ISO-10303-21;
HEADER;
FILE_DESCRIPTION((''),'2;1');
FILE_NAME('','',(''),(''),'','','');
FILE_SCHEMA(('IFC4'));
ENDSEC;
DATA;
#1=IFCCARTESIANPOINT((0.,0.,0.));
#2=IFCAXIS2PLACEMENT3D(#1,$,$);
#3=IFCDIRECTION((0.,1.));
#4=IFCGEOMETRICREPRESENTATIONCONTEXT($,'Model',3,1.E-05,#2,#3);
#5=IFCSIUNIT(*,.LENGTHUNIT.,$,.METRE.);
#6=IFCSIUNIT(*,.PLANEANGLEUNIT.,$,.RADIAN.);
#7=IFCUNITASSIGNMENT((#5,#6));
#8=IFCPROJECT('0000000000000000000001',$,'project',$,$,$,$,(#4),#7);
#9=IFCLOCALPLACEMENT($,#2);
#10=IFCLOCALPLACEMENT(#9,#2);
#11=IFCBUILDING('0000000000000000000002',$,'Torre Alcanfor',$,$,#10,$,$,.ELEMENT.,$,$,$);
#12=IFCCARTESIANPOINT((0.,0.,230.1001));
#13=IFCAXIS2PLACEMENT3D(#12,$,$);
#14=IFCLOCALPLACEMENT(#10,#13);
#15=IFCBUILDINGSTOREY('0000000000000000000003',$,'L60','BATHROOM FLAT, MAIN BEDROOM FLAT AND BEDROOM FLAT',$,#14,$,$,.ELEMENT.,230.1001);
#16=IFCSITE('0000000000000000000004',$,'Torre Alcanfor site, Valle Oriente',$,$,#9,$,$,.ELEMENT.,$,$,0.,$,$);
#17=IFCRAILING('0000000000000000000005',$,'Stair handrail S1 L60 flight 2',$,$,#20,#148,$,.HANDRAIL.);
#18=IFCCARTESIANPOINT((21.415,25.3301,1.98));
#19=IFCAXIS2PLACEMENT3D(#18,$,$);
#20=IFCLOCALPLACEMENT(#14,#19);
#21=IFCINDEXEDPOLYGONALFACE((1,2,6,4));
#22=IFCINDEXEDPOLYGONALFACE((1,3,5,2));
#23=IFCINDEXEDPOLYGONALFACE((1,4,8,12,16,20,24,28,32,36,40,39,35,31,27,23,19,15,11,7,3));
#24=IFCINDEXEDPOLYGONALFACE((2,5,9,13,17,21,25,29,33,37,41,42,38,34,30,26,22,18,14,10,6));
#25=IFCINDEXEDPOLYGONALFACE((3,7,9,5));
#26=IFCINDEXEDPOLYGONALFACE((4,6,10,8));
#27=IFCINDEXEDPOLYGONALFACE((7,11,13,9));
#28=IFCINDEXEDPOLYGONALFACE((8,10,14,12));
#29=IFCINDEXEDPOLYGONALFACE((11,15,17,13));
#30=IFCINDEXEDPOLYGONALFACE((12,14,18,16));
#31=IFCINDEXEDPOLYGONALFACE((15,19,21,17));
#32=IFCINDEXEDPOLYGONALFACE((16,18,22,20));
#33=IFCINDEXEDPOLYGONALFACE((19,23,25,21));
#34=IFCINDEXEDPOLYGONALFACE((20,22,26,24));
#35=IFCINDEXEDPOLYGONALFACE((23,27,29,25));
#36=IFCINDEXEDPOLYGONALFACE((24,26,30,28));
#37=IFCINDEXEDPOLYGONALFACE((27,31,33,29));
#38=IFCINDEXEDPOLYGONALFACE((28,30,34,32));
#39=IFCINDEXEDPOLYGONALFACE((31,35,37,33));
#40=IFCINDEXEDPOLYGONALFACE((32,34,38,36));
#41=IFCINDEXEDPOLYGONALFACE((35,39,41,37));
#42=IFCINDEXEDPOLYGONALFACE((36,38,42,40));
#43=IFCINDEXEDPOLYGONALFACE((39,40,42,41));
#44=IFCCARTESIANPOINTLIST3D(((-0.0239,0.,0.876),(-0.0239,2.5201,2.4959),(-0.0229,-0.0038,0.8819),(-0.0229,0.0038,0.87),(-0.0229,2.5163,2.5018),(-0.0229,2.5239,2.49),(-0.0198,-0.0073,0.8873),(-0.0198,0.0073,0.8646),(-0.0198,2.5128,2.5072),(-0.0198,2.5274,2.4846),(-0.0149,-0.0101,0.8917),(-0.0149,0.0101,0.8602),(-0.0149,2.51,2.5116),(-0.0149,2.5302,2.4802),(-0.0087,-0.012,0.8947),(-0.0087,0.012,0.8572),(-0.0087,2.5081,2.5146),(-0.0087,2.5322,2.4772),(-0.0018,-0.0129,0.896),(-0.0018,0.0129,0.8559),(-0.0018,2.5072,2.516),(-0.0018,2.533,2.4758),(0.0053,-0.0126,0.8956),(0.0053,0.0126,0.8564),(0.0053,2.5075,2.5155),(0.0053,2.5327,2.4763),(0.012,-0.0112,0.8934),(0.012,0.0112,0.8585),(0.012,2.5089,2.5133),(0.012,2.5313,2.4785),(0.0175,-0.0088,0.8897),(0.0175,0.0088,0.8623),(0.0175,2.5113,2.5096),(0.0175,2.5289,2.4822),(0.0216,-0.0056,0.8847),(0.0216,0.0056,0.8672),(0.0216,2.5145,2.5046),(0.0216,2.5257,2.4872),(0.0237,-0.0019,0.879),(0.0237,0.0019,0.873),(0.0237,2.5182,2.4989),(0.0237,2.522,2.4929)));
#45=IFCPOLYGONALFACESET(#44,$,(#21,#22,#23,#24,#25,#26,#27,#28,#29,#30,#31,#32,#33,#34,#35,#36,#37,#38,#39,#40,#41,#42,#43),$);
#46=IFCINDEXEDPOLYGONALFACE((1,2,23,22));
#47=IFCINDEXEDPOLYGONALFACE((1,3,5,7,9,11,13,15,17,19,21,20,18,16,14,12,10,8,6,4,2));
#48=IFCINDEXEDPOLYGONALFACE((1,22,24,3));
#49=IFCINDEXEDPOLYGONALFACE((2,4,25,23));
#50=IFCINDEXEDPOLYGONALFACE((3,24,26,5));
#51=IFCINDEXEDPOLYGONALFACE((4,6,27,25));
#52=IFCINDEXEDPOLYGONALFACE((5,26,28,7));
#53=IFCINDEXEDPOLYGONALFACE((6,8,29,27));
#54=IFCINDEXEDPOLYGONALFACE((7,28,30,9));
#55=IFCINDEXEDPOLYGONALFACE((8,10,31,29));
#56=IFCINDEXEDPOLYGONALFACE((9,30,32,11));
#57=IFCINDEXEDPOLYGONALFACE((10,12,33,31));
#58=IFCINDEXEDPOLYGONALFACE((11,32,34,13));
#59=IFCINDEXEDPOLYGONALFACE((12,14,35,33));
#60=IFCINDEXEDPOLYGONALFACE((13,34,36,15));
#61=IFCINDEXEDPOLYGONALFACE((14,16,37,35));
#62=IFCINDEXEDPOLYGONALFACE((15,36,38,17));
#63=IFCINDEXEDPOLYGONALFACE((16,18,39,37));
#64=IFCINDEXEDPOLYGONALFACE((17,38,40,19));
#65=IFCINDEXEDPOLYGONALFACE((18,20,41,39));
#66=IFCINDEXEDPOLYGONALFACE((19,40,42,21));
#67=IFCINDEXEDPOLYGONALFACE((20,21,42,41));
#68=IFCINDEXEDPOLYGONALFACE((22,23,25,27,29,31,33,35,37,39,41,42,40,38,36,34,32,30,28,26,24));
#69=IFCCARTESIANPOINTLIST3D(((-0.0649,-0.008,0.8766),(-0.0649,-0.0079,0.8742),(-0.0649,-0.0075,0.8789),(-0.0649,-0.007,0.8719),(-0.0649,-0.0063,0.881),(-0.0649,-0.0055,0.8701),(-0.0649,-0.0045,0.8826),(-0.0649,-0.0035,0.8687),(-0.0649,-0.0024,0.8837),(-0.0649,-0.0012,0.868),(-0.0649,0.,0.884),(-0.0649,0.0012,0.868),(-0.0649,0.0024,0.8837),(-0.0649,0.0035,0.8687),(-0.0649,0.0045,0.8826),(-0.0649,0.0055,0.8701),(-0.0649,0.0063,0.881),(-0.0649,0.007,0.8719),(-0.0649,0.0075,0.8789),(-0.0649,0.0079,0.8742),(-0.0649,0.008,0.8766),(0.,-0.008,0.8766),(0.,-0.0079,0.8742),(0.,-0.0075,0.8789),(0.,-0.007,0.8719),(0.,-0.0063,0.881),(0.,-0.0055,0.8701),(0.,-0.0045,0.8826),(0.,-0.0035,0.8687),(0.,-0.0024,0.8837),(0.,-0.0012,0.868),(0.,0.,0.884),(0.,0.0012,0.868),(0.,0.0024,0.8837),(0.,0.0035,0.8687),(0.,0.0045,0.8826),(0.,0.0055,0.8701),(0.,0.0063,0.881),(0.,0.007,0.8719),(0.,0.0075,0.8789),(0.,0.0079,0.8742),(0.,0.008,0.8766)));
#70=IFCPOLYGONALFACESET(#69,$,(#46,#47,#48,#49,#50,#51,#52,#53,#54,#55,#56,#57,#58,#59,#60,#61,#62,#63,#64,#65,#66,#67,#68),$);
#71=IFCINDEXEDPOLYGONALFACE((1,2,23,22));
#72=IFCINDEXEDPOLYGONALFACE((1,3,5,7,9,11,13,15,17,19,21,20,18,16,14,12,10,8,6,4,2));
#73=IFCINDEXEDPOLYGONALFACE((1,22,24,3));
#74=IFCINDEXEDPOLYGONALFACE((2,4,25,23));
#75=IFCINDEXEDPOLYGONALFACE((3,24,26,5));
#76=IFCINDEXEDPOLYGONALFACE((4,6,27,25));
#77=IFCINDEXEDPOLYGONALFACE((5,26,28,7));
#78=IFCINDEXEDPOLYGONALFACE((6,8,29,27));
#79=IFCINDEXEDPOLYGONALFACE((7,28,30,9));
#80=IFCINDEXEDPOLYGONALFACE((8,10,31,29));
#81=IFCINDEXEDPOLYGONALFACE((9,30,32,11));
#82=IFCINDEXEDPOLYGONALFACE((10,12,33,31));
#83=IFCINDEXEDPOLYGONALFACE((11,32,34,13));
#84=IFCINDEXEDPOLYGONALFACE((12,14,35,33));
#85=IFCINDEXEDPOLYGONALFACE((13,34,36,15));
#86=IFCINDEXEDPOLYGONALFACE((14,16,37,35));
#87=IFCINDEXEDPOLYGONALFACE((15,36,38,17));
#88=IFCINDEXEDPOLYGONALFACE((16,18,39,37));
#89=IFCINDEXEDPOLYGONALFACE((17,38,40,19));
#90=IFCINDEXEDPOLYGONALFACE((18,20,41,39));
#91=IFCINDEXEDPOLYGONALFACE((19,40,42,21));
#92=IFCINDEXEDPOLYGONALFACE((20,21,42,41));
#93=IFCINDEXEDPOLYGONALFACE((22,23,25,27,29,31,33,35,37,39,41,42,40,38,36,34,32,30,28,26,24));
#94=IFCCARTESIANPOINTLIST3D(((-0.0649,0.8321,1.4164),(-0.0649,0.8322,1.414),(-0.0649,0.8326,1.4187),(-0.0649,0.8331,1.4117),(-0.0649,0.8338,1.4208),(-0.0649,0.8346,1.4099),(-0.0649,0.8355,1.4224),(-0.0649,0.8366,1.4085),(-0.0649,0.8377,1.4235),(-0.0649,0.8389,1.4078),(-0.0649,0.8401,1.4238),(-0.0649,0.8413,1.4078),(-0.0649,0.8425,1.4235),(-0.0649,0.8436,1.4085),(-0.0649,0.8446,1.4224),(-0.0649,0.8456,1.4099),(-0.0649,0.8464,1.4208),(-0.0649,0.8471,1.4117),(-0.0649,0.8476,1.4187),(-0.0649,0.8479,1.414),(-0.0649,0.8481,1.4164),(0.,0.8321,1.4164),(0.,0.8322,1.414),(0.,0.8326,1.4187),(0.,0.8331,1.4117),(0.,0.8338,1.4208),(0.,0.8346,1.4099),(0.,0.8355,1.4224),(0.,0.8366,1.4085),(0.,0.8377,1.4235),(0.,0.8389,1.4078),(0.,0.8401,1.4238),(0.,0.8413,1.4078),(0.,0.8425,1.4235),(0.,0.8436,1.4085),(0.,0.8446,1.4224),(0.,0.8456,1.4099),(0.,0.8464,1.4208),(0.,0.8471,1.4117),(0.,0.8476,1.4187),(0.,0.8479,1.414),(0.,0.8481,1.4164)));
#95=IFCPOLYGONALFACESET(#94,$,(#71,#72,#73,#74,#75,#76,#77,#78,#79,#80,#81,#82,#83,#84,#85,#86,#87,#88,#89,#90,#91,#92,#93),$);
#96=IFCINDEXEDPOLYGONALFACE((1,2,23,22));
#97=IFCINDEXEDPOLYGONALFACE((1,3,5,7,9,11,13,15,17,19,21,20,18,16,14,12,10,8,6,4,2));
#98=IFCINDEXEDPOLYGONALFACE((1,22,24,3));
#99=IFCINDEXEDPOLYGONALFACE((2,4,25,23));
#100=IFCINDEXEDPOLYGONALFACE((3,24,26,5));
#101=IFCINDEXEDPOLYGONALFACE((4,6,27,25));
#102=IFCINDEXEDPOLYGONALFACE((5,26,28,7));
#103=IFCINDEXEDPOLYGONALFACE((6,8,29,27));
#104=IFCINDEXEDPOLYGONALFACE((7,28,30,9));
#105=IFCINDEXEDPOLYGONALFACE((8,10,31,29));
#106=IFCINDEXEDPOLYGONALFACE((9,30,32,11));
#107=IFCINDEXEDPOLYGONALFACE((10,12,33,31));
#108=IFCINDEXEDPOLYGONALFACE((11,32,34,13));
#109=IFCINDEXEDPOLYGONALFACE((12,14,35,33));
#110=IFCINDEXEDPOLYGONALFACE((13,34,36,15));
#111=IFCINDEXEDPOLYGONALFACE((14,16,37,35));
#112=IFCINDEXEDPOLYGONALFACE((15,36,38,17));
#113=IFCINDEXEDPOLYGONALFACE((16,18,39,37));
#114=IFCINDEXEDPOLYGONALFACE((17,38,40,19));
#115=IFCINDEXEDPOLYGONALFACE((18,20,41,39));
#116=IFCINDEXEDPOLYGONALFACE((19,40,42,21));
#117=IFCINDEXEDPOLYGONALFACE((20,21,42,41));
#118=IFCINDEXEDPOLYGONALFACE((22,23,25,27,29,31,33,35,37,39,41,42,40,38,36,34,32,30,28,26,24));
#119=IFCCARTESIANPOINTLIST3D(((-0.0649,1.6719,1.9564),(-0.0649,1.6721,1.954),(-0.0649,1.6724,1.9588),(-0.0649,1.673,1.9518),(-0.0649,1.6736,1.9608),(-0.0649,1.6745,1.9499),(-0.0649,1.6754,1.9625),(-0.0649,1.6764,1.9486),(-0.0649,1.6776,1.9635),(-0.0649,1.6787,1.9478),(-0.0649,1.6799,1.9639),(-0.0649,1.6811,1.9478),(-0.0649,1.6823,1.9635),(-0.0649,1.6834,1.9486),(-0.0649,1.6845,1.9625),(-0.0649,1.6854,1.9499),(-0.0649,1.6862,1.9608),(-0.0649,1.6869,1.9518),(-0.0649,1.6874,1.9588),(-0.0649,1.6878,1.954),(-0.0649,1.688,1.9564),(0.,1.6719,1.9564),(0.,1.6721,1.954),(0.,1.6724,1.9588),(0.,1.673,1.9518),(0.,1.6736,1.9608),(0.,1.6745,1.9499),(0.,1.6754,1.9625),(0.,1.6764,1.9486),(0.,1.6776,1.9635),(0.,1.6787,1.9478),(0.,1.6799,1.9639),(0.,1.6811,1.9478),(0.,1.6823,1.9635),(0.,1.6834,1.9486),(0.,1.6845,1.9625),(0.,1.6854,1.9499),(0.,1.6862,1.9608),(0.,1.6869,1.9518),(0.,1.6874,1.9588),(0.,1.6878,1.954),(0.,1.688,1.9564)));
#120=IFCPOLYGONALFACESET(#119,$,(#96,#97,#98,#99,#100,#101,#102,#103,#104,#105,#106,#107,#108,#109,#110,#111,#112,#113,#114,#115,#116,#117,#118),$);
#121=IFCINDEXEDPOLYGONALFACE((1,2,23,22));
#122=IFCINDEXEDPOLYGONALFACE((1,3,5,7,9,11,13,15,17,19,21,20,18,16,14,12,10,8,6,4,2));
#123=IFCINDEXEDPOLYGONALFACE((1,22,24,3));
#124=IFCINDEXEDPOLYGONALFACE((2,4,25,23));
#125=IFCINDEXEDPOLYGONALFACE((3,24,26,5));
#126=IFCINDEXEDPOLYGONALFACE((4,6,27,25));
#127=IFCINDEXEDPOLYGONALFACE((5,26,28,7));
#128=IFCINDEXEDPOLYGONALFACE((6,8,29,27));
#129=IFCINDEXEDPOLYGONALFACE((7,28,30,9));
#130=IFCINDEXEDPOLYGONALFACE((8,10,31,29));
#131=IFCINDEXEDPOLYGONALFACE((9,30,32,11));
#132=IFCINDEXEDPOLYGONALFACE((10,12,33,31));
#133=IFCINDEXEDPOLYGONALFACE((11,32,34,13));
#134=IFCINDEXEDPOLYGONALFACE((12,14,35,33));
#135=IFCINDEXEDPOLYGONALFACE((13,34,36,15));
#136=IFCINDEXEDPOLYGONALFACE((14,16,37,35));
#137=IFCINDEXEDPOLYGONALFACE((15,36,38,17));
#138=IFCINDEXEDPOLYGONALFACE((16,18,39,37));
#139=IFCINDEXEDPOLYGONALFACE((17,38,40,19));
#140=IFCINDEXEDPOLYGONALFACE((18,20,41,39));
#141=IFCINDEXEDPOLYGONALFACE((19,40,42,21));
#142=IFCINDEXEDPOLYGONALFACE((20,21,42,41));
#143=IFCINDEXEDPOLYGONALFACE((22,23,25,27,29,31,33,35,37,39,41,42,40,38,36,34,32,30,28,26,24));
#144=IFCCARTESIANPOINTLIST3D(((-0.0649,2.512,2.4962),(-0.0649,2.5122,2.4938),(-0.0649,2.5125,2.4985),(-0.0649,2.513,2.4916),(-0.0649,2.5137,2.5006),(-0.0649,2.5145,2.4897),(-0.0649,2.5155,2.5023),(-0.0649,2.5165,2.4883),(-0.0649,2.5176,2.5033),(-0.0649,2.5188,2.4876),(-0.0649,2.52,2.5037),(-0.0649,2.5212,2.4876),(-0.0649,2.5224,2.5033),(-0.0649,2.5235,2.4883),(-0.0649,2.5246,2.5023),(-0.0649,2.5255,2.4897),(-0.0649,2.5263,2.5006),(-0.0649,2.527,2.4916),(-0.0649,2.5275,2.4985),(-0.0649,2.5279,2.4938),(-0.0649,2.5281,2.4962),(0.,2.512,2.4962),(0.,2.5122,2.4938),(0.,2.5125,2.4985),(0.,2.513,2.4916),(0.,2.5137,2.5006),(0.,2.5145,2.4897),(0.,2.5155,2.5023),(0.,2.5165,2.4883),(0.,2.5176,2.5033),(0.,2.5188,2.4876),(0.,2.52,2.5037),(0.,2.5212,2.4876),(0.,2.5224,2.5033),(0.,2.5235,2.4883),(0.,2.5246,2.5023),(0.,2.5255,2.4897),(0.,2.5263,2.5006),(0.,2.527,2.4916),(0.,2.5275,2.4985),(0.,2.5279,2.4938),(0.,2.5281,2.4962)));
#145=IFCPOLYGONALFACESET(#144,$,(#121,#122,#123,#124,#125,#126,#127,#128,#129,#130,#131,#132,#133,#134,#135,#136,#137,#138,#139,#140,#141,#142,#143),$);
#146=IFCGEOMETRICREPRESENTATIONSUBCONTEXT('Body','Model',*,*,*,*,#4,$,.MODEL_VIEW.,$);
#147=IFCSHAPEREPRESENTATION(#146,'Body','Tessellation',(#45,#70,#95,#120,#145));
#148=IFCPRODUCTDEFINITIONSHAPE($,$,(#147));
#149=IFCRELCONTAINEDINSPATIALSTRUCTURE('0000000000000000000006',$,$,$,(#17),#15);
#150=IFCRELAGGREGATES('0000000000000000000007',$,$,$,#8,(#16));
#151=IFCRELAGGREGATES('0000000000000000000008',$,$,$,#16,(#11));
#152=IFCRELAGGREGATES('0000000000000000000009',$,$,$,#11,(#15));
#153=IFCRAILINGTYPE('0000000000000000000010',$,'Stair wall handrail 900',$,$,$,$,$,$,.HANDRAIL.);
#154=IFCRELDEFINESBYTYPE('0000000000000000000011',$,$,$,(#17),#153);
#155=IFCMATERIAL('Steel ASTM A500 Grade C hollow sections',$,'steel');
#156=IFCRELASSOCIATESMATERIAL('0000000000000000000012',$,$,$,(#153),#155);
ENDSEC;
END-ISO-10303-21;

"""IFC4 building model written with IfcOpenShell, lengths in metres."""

from ifc_helpers import new_model, si_unit, direction, frame, origin, origin_2d, place, context, subcontext, project, spatial, circle, extrude, material, type_object, element, save


model = new_model("IFC4")

# Units and contexts
model_context = context("Model", 3, precision=1e-05, world=origin(), true_north=direction((0.0, 1.0)))
body_context = subcontext(model_context, "Body", "Model", "MODEL_VIEW")
ifc_project = project(units=[si_unit("LENGTHUNIT", "METRE"), si_unit("PLANEANGLEUNIT", "RADIAN")], contexts=[model_context])

# Site, building, storey
site_placement = place(None, origin())
site = spatial("IfcSite", under=ifc_project, at=site_placement, Name="Torre Alcanfor site, Valle Oriente", CompositionType="ELEMENT", RefElevation=0.0)
building_placement = place(site_placement, origin())
building = spatial("IfcBuilding", under=site, at=building_placement, Name="Torre Alcanfor", CompositionType="ELEMENT")
storey_placement = place(building_placement, frame((0.0, 0.0, 230.1001)))
storey = spatial("IfcBuildingStorey", under=building, at=storey_placement, Name="L60", Description="BATHROOM FLAT, MAIN BEDROOM FLAT AND BEDROOM FLAT", CompositionType="ELEMENT", Elevation=230.1001)

# Railing
ifc_material_1 = material(Name="Steel ASTM A500 Grade C hollow sections", Category="steel")
railing_type_1 = type_object("IfcRailingType", Name="Stair wall handrail 900", PredefinedType="HANDRAIL", material=ifc_material_1)
railing_1_placement = place(storey_placement, frame((21.415, 25.3301, 1.98)))
element("IfcRailing", 1, at=railing_1_placement, inside=storey, type_object=railing_type_1, Name="Stair handrail S1 L60 flight 2", PredefinedType="HANDRAIL", context=body_context, shape_type="SweptSolid", body=[
    extrude(circle(Radius=0.0239, at=origin_2d()), frame((0.0, 0.0, 0.876), z_axis=(0.0, 0.8412, 0.540725), x_axis=(-1.0, 0.0, 0.0)), (0.0, 0.0, 1.0), 2.9958),
    extrude(circle(Radius=0.0081, at=origin_2d()), frame((0.0, 0.0, 0.876), z_axis=(-1.0, 0.0, 0.0), x_axis=(0.0, 0.0, 1.0)), (0.0, 0.0, 1.0), 0.0649),
    extrude(circle(Radius=0.0081, at=origin_2d()), frame((0.0, 0.8401, 1.4158), z_axis=(-1.0, 0.0, 0.0), x_axis=(0.0, 0.0, 1.0)), (0.0, 0.0, 1.0), 0.0649),
    extrude(circle(Radius=0.0081, at=origin_2d()), frame((0.0, 1.6799, 1.9558), z_axis=(-1.0, 0.0, 0.0), x_axis=(0.0, 0.0, 1.0)), (0.0, 0.0, 1.0), 0.0649),
    extrude(circle(Radius=0.0081, at=origin_2d()), frame((0.0, 2.52, 2.4956), z_axis=(-1.0, 0.0, 0.0), x_axis=(0.0, 0.0, 1.0)), (0.0, 0.0, 1.0), 0.0649),
])

save(model, "model.ifc")
